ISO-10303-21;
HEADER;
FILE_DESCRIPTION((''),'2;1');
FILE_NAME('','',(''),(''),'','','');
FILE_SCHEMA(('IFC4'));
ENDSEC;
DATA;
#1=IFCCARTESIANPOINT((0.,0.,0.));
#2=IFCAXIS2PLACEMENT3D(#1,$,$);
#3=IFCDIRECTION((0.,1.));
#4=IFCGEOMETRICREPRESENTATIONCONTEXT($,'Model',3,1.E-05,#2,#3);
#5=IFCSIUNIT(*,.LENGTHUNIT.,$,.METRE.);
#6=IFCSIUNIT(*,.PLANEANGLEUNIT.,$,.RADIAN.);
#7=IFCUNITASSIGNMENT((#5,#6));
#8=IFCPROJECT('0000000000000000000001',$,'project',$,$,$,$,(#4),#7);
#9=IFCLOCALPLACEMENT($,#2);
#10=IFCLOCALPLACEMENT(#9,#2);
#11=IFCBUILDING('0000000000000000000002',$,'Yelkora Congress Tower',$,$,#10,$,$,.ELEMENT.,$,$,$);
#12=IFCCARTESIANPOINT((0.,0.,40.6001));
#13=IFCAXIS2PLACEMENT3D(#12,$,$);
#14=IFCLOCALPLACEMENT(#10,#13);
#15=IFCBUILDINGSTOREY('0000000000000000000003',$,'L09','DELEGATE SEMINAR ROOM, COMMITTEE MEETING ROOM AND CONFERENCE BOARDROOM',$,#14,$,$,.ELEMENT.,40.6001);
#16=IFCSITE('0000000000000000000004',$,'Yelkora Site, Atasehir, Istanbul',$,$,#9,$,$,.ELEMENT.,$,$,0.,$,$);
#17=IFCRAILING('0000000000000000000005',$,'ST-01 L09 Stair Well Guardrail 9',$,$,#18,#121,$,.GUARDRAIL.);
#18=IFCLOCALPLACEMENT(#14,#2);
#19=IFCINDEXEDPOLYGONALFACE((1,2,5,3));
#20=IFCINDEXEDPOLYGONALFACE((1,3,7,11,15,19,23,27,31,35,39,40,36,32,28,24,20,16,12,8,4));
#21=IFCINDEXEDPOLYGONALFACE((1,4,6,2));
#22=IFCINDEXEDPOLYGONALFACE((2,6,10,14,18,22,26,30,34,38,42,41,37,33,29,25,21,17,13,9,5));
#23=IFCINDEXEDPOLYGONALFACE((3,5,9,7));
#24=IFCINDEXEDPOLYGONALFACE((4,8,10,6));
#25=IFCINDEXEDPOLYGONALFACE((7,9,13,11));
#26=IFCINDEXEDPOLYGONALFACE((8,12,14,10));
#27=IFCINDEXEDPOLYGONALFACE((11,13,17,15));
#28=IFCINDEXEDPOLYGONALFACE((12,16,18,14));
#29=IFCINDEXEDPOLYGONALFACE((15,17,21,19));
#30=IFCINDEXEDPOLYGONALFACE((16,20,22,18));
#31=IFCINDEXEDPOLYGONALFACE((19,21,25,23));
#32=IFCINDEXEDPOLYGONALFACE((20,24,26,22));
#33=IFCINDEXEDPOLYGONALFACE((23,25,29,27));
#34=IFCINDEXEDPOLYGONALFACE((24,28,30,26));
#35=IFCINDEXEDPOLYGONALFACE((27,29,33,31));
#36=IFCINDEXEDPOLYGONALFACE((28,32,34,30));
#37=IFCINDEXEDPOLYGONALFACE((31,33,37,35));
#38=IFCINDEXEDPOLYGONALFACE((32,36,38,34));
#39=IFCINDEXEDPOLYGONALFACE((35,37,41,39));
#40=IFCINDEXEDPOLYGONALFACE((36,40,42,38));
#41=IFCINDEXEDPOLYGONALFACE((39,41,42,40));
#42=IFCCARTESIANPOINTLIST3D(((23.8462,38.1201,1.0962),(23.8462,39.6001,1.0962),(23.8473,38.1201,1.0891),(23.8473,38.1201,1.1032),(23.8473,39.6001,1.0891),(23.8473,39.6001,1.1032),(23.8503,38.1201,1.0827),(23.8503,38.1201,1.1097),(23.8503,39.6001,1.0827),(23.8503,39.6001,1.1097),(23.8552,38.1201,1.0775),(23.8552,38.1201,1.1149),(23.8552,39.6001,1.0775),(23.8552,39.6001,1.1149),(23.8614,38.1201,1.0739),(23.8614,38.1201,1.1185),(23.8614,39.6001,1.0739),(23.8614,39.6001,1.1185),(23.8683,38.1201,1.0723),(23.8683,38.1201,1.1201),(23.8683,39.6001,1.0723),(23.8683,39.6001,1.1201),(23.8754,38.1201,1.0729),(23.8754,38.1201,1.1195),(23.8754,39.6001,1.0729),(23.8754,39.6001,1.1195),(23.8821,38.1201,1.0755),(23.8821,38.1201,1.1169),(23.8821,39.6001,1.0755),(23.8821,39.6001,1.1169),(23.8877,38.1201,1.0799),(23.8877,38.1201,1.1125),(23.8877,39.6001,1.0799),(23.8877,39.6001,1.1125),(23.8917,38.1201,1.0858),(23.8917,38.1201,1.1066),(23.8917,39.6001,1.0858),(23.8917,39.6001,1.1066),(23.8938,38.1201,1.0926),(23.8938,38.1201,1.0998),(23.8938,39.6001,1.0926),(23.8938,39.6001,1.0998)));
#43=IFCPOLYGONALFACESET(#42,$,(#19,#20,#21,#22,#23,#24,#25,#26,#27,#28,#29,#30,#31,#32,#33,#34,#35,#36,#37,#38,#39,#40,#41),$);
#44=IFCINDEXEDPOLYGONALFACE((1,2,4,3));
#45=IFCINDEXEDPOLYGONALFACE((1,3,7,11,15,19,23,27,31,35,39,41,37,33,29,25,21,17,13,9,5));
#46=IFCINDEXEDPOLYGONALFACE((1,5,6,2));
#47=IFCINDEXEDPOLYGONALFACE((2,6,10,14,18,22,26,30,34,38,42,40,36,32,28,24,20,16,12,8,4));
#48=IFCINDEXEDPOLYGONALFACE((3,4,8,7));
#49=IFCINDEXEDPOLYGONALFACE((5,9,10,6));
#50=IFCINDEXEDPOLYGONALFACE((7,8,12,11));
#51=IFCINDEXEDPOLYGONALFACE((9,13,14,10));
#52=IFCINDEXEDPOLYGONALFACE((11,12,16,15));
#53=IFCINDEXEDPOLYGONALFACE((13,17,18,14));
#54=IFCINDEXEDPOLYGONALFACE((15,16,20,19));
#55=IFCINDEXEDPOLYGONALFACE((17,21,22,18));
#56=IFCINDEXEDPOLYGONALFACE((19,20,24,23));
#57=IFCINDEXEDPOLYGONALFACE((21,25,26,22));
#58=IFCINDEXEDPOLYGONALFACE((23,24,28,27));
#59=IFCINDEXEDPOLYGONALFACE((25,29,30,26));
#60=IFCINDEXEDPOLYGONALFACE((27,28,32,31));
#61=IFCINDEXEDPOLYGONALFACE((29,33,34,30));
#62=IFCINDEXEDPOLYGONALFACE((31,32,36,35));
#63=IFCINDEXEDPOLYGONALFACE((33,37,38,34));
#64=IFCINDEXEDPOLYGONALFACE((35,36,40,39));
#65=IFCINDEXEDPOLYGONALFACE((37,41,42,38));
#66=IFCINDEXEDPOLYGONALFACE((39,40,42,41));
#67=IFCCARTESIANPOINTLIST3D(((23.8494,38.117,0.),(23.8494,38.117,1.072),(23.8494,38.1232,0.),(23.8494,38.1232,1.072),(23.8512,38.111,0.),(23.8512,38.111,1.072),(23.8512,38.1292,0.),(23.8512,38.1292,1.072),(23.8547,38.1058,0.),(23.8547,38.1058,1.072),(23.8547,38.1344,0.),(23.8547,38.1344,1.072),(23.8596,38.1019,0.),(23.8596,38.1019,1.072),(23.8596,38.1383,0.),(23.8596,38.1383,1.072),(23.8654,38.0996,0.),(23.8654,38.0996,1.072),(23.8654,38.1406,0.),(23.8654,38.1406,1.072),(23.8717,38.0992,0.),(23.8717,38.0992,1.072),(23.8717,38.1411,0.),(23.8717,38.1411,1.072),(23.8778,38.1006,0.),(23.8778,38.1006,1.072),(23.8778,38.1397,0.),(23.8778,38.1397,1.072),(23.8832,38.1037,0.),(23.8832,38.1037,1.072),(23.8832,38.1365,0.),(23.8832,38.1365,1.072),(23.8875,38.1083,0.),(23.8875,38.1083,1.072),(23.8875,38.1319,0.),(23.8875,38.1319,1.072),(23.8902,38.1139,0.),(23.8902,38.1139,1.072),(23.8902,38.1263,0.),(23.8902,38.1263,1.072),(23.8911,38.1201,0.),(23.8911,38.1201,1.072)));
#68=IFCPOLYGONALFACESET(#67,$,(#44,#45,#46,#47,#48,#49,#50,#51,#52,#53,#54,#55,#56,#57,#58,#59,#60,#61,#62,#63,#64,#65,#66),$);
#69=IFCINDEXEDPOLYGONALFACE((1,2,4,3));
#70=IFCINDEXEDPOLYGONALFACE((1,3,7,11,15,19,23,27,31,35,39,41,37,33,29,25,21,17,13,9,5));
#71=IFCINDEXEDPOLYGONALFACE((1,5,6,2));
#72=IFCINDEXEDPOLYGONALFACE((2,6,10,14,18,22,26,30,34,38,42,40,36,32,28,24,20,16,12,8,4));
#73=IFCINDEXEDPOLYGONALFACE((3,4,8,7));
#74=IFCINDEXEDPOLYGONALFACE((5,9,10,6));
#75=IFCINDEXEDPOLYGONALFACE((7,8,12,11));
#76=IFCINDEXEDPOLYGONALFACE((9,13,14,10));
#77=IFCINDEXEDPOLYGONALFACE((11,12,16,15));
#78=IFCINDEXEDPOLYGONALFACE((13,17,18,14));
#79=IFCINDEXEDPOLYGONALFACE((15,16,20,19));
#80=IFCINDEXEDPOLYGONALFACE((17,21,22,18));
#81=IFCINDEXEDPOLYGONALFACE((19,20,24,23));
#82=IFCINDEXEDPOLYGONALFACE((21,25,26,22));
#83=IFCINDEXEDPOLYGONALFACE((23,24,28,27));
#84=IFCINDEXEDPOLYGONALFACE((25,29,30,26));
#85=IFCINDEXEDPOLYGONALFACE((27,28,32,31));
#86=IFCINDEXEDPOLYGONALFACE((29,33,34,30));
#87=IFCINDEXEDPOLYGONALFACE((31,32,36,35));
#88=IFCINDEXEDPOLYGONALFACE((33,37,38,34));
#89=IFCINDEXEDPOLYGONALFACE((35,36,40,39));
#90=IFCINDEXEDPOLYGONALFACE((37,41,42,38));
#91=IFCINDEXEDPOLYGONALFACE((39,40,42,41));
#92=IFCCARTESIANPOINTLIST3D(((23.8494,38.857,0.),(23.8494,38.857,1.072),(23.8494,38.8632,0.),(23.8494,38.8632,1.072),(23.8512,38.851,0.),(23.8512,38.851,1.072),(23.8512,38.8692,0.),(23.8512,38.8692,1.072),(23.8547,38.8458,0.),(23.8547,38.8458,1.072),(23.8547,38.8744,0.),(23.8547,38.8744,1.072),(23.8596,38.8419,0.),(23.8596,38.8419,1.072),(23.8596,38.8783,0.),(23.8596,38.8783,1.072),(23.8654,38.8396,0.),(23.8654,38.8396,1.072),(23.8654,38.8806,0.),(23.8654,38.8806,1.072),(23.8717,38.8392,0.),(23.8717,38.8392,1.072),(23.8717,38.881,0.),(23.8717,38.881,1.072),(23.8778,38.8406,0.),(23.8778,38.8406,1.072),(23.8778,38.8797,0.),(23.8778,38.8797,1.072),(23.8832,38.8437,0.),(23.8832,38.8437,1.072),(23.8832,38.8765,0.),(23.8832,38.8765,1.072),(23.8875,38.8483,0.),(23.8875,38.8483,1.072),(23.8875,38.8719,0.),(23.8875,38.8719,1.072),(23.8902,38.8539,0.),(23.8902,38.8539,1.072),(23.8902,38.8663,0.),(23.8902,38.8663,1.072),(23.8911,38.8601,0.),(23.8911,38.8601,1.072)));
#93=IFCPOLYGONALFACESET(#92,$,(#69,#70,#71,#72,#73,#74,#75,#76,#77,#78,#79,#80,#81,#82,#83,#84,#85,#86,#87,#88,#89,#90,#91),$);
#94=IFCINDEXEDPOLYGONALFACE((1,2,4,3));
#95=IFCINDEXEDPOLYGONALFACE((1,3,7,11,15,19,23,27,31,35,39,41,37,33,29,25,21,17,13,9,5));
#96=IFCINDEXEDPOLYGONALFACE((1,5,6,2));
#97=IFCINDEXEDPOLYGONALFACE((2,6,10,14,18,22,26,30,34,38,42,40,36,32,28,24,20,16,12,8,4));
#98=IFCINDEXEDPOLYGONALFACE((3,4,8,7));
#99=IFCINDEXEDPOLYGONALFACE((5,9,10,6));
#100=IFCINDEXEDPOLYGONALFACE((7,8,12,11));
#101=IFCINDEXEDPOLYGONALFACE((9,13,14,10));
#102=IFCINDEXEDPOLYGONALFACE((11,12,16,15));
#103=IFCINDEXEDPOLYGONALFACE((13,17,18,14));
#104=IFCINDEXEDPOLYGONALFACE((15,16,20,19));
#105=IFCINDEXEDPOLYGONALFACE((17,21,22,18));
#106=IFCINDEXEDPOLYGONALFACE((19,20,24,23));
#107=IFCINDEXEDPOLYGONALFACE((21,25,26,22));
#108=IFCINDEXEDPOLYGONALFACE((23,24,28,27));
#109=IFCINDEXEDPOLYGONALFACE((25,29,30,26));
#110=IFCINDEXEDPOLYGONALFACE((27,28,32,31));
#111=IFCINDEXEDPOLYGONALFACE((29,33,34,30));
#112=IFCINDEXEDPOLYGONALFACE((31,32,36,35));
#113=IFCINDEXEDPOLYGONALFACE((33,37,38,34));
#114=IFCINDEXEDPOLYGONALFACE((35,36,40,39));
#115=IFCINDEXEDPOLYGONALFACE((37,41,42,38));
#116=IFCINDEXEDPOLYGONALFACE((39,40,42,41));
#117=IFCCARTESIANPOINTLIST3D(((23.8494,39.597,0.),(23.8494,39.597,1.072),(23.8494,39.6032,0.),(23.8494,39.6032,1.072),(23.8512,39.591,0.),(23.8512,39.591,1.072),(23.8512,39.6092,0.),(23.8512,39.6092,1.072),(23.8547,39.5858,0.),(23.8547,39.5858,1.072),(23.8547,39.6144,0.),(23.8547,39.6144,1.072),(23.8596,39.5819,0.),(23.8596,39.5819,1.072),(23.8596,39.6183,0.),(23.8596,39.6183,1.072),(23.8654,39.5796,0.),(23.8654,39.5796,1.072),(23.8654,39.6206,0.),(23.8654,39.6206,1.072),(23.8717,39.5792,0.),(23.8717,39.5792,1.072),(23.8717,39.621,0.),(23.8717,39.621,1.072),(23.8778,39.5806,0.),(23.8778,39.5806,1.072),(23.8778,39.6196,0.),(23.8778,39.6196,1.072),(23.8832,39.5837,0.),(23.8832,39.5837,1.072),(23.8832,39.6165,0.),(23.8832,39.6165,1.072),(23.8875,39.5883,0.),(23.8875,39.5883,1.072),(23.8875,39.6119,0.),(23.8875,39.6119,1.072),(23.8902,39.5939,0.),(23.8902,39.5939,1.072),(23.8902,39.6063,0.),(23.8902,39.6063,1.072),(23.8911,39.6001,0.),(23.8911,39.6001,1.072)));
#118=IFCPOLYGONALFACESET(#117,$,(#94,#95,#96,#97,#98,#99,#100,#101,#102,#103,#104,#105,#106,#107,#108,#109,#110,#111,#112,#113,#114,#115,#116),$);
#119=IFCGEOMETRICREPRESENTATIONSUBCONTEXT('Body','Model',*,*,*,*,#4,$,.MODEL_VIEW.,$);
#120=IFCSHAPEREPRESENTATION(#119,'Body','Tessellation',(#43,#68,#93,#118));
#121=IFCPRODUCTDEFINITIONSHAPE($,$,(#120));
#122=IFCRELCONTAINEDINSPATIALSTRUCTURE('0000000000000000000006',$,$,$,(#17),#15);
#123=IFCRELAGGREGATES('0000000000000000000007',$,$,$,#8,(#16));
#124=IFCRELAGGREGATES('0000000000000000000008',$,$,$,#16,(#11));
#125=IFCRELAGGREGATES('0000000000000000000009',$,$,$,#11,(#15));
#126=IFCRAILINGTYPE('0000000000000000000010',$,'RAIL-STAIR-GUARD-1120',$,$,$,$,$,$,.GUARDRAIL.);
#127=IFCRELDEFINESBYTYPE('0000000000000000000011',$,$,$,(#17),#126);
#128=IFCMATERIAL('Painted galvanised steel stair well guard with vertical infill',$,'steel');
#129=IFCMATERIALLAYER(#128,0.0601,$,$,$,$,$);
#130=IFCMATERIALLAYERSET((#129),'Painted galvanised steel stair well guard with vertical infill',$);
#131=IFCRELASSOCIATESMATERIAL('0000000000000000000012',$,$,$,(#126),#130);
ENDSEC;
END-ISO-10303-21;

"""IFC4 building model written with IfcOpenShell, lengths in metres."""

from ifc_helpers import new_model, si_unit, direction, frame, origin, origin_2d, place, context, subcontext, project, spatial, circle, extrude, material, layer, layer_set, type_object, element, save


model = new_model("IFC4")

# Units and contexts
model_context = context("Model", 3, precision=1e-05, world=origin(), true_north=direction((0.0, 1.0)))
body_context = subcontext(model_context, "Body", "Model", "MODEL_VIEW")
ifc_project = project(units=[si_unit("LENGTHUNIT", "METRE"), si_unit("PLANEANGLEUNIT", "RADIAN")], contexts=[model_context])

# Site, building, storey
site_placement = place(None, origin())
site = spatial("IfcSite", under=ifc_project, at=site_placement, Name="Yelkora Site, Atasehir, Istanbul", CompositionType="ELEMENT", RefElevation=0.0)
building_placement = place(site_placement, origin())
building = spatial("IfcBuilding", under=site, at=building_placement, Name="Yelkora Congress Tower", CompositionType="ELEMENT")
storey_placement = place(building_placement, frame((0.0, 0.0, 40.6001)))
storey = spatial("IfcBuildingStorey", under=building, at=storey_placement, Name="L09", Description="DELEGATE SEMINAR ROOM, COMMITTEE MEETING ROOM AND CONFERENCE BOARDROOM", CompositionType="ELEMENT", Elevation=40.6001)

# Railing
ifc_material_1 = material(Name="Painted galvanised steel stair well guard with vertical infill", Category="steel")
ifc_layer_1 = layer(ifc_material_1, 0.0601)
ifc_layer_set_1 = layer_set([ifc_layer_1], Name="Painted galvanised steel stair well guard with vertical infill")
railing_type_1 = type_object("IfcRailingType", Name="RAIL-STAIR-GUARD-1120", PredefinedType="GUARDRAIL", material=ifc_layer_set_1)
for number, where, name in (
    (1, (23.8701, 38.1201, 0.0), "ST-01 L09 Stair Well Guardrail 9"),
):
    element("IfcRailing", number, at=place(storey_placement, frame(where)), inside=storey, type_object=railing_type_1, Name=name, PredefinedType="GUARDRAIL", context=body_context, shape_type="SweptSolid", body=[
        extrude(circle(Radius=0.0239, at=origin_2d()), frame((0.0, 0.0, 1.0962), z_axis=(0.0, 1.0, 0.0), x_axis=(-1.0, 0.0, 0.0)), (0.0, 0.0, 1.0), 1.48),
        extrude(circle(Radius=0.021, at=origin_2d()), origin(), (0.0, 0.0, 1.0), 1.072),
        extrude(circle(Radius=0.021, at=origin_2d()), frame((0.0, 0.74, 0.0)), (0.0, 0.0, 1.0), 1.072),
        extrude(circle(Radius=0.021, at=origin_2d()), frame((0.0, 1.48, 0.0)), (0.0, 0.0, 1.0), 1.072),
    ])

save(model, "model.ifc")
